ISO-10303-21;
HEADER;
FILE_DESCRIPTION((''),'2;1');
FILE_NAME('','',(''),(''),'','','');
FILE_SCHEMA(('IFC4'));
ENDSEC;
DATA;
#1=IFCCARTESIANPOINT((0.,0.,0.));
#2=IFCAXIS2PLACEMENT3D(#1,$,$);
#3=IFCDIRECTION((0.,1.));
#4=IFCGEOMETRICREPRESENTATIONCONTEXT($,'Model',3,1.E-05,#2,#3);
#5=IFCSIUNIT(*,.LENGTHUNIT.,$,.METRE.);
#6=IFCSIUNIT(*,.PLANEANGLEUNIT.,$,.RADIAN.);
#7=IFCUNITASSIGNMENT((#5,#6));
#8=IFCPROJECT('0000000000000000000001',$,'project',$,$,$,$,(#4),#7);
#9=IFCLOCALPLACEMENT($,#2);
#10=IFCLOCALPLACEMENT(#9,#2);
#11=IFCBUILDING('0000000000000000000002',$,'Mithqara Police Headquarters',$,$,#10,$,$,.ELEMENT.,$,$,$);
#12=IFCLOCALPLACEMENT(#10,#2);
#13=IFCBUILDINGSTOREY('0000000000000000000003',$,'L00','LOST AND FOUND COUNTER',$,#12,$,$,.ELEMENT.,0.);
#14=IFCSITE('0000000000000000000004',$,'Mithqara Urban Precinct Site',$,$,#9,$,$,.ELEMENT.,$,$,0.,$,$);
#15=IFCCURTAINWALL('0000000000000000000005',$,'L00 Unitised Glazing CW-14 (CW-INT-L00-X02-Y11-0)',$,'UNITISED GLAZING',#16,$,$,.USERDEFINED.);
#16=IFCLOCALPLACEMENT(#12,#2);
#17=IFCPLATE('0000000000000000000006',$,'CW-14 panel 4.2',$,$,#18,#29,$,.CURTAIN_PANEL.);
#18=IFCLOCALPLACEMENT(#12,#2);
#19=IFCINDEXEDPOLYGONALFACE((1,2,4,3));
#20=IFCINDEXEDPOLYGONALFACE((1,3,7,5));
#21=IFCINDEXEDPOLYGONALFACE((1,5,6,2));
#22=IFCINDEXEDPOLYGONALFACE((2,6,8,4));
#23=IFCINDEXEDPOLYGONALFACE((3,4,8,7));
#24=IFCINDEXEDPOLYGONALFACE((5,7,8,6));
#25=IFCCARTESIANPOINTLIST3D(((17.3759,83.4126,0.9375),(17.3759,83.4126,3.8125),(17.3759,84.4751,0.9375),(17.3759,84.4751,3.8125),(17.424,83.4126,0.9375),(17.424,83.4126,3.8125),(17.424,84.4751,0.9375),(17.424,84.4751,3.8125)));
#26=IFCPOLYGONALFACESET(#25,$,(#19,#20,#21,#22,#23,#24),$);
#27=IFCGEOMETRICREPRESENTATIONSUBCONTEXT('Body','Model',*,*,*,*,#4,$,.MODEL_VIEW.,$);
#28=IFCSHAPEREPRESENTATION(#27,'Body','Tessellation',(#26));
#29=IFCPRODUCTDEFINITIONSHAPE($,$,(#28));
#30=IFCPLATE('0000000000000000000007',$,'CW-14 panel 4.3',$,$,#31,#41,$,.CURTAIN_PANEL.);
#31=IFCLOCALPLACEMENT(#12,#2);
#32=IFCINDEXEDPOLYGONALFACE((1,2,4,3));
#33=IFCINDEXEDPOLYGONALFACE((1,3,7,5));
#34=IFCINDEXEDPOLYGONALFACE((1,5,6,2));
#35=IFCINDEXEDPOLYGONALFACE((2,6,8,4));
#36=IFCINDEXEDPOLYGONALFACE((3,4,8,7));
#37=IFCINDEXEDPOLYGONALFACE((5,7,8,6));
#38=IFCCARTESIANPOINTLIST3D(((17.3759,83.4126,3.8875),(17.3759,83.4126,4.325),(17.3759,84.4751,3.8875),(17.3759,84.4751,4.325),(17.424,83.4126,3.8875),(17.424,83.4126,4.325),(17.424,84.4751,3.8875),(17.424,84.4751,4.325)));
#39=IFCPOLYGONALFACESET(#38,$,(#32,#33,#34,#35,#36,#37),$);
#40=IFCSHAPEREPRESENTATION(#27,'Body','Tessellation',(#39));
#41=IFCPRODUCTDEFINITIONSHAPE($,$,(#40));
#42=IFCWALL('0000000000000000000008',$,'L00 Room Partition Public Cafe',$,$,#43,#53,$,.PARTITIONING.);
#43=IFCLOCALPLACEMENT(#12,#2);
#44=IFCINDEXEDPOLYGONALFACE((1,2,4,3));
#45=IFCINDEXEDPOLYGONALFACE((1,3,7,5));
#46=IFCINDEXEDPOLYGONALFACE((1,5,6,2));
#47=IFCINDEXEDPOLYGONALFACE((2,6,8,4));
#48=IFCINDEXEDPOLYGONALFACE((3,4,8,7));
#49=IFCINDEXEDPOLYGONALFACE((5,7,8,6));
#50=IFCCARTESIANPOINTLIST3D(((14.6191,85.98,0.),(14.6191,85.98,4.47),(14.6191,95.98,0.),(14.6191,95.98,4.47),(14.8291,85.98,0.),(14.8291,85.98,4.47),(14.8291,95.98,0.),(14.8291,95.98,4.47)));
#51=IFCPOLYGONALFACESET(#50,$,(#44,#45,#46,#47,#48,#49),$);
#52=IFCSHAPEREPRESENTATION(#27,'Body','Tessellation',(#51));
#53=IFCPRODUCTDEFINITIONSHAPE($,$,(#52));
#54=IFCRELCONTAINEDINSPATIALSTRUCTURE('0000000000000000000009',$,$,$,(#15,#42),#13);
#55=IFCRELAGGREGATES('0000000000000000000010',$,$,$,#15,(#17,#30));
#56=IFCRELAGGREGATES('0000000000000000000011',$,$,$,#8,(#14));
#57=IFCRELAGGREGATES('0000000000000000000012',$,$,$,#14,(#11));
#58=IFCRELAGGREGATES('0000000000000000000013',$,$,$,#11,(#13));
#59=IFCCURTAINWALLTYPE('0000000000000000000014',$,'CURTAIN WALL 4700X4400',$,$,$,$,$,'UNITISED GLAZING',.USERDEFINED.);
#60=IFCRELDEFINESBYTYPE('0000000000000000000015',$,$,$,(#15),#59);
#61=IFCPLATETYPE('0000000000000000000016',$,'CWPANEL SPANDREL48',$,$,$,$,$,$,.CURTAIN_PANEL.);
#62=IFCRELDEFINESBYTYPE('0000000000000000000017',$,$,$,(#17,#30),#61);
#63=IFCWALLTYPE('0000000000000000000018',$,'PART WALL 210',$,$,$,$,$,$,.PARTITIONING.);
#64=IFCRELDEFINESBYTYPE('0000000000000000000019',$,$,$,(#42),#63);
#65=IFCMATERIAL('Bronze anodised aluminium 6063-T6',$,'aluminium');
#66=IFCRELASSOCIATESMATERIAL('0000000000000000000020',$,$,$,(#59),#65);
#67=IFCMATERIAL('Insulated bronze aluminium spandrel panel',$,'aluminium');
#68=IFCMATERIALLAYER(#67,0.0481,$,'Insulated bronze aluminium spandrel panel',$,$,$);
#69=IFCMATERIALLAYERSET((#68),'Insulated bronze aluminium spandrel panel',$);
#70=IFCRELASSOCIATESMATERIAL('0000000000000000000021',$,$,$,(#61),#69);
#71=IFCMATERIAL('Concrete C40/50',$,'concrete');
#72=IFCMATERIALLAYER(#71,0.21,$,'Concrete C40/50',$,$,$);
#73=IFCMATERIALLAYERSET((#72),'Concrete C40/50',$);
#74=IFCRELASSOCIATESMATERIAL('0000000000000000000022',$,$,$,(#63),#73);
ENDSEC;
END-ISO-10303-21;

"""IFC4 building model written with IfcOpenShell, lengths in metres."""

from ifc_helpers import new_model, si_unit, direction, frame, frame_2d, origin, origin_2d, place, context, subcontext, project, spatial, rectangle, extrude, material, layer, layer_set, type_object, element, aggregate, save


model = new_model("IFC4")

# Units and contexts
model_context = context("Model", 3, precision=1e-05, world=origin(), true_north=direction((0.0, 1.0)))
body_context = subcontext(model_context, "Body", "Model", "MODEL_VIEW")
ifc_project = project(units=[si_unit("LENGTHUNIT", "METRE"), si_unit("PLANEANGLEUNIT", "RADIAN")], contexts=[model_context])

# Site, building, storey
site_placement = place(None, origin())
site = spatial("IfcSite", under=ifc_project, at=site_placement, Name="Mithqara Urban Precinct Site", CompositionType="ELEMENT", RefElevation=0.0)
building_placement = place(site_placement, origin())
building = spatial("IfcBuilding", under=site, at=building_placement, Name="Mithqara Police Headquarters", CompositionType="ELEMENT")
storey_placement = place(building_placement, origin())
storey = spatial("IfcBuildingStorey", under=building, at=storey_placement, Name="L00", Description="LOST AND FOUND COUNTER", CompositionType="ELEMENT", Elevation=0.0)

# Shared definitions
ifc_material_1 = material(Name="Concrete C40/50", Category="concrete")

# Shared definitions
ifc_material_2 = material(Name="Bronze anodised aluminium 6063-T6", Category="aluminium")
curtain_wall_type = type_object("IfcCurtainWallType", Name="CURTAIN WALL 4700X4400", ElementType="UNITISED GLAZING", PredefinedType="USERDEFINED", material=ifc_material_2)

# Curtain wall
curtain_wall_1_placement = place(storey_placement, origin())
curtain_wall_1 = element("IfcCurtainWall", 1, at=curtain_wall_1_placement, inside=storey, type_object=curtain_wall_type, Name="L00 Unitised Glazing CW-14 (CW-INT-L00-X02-Y11-0)", ObjectType="UNITISED GLAZING", PredefinedType="USERDEFINED")

# Plates
ifc_material_3 = material(Name="Insulated bronze aluminium spandrel panel", Category="aluminium")
ifc_layer_1 = layer(ifc_material_3, 0.0481, Name="Insulated bronze aluminium spandrel panel")
ifc_layer_set_1 = layer_set([ifc_layer_1], Name="Insulated bronze aluminium spandrel panel")
plate_type_1 = type_object("IfcPlateType", Name="CWPANEL SPANDREL48", PredefinedType="CURTAIN_PANEL", material=ifc_layer_set_1)
plate_1_placement = place(storey_placement, frame((17.3999, 83.9438, 0.9375), z_axis=(0.0, 0.0, 1.0), x_axis=(0.0, 1.0, 0.0)))
plate_1 = element("IfcPlate", 2, at=plate_1_placement, type_object=plate_type_1, Name="CW-14 panel 4.2", PredefinedType="CURTAIN_PANEL", context=body_context, shape_type="SweptSolid", body=[
    extrude(rectangle(XDim=1.0625, YDim=0.0481, at=origin_2d()), origin(), (0.0, 0.0, 1.0), 2.875),
])
plate_2_placement = place(storey_placement, frame((17.3999, 83.9438, 3.8875), z_axis=(0.0, 0.0, 1.0), x_axis=(0.0, 1.0, 0.0)))
plate_2 = element("IfcPlate", 3, at=plate_2_placement, type_object=plate_type_1, Name="CW-14 panel 4.3", PredefinedType="CURTAIN_PANEL", context=body_context, shape_type="SweptSolid", body=[
    extrude(rectangle(XDim=1.0625, YDim=0.0481, at=origin_2d()), origin(), (0.0, 0.0, 1.0), 0.4375),
])
aggregate(curtain_wall_1, [plate_1, plate_2])

# Wall
ifc_layer_2 = layer(ifc_material_1, 0.21, Name="Concrete C40/50")
ifc_layer_set_2 = layer_set([ifc_layer_2], Name="Concrete C40/50")
wall_type = type_object("IfcWallType", Name="PART WALL 210", PredefinedType="PARTITIONING", material=ifc_layer_set_2)
wall_placement = place(storey_placement, frame((14.7241, 85.98, 0.0), z_axis=(0.0, 0.0, 1.0), x_axis=(0.0, 1.0, 0.0)))
element("IfcWall", 4, at=wall_placement, inside=storey, type_object=wall_type, Name="L00 Room Partition Public Cafe", PredefinedType="PARTITIONING", context=body_context, shape_type="SweptSolid", body=[
    extrude(rectangle(XDim=10.0, YDim=0.21, at=frame_2d((5.0, 0.0))), origin(), (0.0, 0.0, 1.0), 4.47),
])

save(model, "model.ifc")
